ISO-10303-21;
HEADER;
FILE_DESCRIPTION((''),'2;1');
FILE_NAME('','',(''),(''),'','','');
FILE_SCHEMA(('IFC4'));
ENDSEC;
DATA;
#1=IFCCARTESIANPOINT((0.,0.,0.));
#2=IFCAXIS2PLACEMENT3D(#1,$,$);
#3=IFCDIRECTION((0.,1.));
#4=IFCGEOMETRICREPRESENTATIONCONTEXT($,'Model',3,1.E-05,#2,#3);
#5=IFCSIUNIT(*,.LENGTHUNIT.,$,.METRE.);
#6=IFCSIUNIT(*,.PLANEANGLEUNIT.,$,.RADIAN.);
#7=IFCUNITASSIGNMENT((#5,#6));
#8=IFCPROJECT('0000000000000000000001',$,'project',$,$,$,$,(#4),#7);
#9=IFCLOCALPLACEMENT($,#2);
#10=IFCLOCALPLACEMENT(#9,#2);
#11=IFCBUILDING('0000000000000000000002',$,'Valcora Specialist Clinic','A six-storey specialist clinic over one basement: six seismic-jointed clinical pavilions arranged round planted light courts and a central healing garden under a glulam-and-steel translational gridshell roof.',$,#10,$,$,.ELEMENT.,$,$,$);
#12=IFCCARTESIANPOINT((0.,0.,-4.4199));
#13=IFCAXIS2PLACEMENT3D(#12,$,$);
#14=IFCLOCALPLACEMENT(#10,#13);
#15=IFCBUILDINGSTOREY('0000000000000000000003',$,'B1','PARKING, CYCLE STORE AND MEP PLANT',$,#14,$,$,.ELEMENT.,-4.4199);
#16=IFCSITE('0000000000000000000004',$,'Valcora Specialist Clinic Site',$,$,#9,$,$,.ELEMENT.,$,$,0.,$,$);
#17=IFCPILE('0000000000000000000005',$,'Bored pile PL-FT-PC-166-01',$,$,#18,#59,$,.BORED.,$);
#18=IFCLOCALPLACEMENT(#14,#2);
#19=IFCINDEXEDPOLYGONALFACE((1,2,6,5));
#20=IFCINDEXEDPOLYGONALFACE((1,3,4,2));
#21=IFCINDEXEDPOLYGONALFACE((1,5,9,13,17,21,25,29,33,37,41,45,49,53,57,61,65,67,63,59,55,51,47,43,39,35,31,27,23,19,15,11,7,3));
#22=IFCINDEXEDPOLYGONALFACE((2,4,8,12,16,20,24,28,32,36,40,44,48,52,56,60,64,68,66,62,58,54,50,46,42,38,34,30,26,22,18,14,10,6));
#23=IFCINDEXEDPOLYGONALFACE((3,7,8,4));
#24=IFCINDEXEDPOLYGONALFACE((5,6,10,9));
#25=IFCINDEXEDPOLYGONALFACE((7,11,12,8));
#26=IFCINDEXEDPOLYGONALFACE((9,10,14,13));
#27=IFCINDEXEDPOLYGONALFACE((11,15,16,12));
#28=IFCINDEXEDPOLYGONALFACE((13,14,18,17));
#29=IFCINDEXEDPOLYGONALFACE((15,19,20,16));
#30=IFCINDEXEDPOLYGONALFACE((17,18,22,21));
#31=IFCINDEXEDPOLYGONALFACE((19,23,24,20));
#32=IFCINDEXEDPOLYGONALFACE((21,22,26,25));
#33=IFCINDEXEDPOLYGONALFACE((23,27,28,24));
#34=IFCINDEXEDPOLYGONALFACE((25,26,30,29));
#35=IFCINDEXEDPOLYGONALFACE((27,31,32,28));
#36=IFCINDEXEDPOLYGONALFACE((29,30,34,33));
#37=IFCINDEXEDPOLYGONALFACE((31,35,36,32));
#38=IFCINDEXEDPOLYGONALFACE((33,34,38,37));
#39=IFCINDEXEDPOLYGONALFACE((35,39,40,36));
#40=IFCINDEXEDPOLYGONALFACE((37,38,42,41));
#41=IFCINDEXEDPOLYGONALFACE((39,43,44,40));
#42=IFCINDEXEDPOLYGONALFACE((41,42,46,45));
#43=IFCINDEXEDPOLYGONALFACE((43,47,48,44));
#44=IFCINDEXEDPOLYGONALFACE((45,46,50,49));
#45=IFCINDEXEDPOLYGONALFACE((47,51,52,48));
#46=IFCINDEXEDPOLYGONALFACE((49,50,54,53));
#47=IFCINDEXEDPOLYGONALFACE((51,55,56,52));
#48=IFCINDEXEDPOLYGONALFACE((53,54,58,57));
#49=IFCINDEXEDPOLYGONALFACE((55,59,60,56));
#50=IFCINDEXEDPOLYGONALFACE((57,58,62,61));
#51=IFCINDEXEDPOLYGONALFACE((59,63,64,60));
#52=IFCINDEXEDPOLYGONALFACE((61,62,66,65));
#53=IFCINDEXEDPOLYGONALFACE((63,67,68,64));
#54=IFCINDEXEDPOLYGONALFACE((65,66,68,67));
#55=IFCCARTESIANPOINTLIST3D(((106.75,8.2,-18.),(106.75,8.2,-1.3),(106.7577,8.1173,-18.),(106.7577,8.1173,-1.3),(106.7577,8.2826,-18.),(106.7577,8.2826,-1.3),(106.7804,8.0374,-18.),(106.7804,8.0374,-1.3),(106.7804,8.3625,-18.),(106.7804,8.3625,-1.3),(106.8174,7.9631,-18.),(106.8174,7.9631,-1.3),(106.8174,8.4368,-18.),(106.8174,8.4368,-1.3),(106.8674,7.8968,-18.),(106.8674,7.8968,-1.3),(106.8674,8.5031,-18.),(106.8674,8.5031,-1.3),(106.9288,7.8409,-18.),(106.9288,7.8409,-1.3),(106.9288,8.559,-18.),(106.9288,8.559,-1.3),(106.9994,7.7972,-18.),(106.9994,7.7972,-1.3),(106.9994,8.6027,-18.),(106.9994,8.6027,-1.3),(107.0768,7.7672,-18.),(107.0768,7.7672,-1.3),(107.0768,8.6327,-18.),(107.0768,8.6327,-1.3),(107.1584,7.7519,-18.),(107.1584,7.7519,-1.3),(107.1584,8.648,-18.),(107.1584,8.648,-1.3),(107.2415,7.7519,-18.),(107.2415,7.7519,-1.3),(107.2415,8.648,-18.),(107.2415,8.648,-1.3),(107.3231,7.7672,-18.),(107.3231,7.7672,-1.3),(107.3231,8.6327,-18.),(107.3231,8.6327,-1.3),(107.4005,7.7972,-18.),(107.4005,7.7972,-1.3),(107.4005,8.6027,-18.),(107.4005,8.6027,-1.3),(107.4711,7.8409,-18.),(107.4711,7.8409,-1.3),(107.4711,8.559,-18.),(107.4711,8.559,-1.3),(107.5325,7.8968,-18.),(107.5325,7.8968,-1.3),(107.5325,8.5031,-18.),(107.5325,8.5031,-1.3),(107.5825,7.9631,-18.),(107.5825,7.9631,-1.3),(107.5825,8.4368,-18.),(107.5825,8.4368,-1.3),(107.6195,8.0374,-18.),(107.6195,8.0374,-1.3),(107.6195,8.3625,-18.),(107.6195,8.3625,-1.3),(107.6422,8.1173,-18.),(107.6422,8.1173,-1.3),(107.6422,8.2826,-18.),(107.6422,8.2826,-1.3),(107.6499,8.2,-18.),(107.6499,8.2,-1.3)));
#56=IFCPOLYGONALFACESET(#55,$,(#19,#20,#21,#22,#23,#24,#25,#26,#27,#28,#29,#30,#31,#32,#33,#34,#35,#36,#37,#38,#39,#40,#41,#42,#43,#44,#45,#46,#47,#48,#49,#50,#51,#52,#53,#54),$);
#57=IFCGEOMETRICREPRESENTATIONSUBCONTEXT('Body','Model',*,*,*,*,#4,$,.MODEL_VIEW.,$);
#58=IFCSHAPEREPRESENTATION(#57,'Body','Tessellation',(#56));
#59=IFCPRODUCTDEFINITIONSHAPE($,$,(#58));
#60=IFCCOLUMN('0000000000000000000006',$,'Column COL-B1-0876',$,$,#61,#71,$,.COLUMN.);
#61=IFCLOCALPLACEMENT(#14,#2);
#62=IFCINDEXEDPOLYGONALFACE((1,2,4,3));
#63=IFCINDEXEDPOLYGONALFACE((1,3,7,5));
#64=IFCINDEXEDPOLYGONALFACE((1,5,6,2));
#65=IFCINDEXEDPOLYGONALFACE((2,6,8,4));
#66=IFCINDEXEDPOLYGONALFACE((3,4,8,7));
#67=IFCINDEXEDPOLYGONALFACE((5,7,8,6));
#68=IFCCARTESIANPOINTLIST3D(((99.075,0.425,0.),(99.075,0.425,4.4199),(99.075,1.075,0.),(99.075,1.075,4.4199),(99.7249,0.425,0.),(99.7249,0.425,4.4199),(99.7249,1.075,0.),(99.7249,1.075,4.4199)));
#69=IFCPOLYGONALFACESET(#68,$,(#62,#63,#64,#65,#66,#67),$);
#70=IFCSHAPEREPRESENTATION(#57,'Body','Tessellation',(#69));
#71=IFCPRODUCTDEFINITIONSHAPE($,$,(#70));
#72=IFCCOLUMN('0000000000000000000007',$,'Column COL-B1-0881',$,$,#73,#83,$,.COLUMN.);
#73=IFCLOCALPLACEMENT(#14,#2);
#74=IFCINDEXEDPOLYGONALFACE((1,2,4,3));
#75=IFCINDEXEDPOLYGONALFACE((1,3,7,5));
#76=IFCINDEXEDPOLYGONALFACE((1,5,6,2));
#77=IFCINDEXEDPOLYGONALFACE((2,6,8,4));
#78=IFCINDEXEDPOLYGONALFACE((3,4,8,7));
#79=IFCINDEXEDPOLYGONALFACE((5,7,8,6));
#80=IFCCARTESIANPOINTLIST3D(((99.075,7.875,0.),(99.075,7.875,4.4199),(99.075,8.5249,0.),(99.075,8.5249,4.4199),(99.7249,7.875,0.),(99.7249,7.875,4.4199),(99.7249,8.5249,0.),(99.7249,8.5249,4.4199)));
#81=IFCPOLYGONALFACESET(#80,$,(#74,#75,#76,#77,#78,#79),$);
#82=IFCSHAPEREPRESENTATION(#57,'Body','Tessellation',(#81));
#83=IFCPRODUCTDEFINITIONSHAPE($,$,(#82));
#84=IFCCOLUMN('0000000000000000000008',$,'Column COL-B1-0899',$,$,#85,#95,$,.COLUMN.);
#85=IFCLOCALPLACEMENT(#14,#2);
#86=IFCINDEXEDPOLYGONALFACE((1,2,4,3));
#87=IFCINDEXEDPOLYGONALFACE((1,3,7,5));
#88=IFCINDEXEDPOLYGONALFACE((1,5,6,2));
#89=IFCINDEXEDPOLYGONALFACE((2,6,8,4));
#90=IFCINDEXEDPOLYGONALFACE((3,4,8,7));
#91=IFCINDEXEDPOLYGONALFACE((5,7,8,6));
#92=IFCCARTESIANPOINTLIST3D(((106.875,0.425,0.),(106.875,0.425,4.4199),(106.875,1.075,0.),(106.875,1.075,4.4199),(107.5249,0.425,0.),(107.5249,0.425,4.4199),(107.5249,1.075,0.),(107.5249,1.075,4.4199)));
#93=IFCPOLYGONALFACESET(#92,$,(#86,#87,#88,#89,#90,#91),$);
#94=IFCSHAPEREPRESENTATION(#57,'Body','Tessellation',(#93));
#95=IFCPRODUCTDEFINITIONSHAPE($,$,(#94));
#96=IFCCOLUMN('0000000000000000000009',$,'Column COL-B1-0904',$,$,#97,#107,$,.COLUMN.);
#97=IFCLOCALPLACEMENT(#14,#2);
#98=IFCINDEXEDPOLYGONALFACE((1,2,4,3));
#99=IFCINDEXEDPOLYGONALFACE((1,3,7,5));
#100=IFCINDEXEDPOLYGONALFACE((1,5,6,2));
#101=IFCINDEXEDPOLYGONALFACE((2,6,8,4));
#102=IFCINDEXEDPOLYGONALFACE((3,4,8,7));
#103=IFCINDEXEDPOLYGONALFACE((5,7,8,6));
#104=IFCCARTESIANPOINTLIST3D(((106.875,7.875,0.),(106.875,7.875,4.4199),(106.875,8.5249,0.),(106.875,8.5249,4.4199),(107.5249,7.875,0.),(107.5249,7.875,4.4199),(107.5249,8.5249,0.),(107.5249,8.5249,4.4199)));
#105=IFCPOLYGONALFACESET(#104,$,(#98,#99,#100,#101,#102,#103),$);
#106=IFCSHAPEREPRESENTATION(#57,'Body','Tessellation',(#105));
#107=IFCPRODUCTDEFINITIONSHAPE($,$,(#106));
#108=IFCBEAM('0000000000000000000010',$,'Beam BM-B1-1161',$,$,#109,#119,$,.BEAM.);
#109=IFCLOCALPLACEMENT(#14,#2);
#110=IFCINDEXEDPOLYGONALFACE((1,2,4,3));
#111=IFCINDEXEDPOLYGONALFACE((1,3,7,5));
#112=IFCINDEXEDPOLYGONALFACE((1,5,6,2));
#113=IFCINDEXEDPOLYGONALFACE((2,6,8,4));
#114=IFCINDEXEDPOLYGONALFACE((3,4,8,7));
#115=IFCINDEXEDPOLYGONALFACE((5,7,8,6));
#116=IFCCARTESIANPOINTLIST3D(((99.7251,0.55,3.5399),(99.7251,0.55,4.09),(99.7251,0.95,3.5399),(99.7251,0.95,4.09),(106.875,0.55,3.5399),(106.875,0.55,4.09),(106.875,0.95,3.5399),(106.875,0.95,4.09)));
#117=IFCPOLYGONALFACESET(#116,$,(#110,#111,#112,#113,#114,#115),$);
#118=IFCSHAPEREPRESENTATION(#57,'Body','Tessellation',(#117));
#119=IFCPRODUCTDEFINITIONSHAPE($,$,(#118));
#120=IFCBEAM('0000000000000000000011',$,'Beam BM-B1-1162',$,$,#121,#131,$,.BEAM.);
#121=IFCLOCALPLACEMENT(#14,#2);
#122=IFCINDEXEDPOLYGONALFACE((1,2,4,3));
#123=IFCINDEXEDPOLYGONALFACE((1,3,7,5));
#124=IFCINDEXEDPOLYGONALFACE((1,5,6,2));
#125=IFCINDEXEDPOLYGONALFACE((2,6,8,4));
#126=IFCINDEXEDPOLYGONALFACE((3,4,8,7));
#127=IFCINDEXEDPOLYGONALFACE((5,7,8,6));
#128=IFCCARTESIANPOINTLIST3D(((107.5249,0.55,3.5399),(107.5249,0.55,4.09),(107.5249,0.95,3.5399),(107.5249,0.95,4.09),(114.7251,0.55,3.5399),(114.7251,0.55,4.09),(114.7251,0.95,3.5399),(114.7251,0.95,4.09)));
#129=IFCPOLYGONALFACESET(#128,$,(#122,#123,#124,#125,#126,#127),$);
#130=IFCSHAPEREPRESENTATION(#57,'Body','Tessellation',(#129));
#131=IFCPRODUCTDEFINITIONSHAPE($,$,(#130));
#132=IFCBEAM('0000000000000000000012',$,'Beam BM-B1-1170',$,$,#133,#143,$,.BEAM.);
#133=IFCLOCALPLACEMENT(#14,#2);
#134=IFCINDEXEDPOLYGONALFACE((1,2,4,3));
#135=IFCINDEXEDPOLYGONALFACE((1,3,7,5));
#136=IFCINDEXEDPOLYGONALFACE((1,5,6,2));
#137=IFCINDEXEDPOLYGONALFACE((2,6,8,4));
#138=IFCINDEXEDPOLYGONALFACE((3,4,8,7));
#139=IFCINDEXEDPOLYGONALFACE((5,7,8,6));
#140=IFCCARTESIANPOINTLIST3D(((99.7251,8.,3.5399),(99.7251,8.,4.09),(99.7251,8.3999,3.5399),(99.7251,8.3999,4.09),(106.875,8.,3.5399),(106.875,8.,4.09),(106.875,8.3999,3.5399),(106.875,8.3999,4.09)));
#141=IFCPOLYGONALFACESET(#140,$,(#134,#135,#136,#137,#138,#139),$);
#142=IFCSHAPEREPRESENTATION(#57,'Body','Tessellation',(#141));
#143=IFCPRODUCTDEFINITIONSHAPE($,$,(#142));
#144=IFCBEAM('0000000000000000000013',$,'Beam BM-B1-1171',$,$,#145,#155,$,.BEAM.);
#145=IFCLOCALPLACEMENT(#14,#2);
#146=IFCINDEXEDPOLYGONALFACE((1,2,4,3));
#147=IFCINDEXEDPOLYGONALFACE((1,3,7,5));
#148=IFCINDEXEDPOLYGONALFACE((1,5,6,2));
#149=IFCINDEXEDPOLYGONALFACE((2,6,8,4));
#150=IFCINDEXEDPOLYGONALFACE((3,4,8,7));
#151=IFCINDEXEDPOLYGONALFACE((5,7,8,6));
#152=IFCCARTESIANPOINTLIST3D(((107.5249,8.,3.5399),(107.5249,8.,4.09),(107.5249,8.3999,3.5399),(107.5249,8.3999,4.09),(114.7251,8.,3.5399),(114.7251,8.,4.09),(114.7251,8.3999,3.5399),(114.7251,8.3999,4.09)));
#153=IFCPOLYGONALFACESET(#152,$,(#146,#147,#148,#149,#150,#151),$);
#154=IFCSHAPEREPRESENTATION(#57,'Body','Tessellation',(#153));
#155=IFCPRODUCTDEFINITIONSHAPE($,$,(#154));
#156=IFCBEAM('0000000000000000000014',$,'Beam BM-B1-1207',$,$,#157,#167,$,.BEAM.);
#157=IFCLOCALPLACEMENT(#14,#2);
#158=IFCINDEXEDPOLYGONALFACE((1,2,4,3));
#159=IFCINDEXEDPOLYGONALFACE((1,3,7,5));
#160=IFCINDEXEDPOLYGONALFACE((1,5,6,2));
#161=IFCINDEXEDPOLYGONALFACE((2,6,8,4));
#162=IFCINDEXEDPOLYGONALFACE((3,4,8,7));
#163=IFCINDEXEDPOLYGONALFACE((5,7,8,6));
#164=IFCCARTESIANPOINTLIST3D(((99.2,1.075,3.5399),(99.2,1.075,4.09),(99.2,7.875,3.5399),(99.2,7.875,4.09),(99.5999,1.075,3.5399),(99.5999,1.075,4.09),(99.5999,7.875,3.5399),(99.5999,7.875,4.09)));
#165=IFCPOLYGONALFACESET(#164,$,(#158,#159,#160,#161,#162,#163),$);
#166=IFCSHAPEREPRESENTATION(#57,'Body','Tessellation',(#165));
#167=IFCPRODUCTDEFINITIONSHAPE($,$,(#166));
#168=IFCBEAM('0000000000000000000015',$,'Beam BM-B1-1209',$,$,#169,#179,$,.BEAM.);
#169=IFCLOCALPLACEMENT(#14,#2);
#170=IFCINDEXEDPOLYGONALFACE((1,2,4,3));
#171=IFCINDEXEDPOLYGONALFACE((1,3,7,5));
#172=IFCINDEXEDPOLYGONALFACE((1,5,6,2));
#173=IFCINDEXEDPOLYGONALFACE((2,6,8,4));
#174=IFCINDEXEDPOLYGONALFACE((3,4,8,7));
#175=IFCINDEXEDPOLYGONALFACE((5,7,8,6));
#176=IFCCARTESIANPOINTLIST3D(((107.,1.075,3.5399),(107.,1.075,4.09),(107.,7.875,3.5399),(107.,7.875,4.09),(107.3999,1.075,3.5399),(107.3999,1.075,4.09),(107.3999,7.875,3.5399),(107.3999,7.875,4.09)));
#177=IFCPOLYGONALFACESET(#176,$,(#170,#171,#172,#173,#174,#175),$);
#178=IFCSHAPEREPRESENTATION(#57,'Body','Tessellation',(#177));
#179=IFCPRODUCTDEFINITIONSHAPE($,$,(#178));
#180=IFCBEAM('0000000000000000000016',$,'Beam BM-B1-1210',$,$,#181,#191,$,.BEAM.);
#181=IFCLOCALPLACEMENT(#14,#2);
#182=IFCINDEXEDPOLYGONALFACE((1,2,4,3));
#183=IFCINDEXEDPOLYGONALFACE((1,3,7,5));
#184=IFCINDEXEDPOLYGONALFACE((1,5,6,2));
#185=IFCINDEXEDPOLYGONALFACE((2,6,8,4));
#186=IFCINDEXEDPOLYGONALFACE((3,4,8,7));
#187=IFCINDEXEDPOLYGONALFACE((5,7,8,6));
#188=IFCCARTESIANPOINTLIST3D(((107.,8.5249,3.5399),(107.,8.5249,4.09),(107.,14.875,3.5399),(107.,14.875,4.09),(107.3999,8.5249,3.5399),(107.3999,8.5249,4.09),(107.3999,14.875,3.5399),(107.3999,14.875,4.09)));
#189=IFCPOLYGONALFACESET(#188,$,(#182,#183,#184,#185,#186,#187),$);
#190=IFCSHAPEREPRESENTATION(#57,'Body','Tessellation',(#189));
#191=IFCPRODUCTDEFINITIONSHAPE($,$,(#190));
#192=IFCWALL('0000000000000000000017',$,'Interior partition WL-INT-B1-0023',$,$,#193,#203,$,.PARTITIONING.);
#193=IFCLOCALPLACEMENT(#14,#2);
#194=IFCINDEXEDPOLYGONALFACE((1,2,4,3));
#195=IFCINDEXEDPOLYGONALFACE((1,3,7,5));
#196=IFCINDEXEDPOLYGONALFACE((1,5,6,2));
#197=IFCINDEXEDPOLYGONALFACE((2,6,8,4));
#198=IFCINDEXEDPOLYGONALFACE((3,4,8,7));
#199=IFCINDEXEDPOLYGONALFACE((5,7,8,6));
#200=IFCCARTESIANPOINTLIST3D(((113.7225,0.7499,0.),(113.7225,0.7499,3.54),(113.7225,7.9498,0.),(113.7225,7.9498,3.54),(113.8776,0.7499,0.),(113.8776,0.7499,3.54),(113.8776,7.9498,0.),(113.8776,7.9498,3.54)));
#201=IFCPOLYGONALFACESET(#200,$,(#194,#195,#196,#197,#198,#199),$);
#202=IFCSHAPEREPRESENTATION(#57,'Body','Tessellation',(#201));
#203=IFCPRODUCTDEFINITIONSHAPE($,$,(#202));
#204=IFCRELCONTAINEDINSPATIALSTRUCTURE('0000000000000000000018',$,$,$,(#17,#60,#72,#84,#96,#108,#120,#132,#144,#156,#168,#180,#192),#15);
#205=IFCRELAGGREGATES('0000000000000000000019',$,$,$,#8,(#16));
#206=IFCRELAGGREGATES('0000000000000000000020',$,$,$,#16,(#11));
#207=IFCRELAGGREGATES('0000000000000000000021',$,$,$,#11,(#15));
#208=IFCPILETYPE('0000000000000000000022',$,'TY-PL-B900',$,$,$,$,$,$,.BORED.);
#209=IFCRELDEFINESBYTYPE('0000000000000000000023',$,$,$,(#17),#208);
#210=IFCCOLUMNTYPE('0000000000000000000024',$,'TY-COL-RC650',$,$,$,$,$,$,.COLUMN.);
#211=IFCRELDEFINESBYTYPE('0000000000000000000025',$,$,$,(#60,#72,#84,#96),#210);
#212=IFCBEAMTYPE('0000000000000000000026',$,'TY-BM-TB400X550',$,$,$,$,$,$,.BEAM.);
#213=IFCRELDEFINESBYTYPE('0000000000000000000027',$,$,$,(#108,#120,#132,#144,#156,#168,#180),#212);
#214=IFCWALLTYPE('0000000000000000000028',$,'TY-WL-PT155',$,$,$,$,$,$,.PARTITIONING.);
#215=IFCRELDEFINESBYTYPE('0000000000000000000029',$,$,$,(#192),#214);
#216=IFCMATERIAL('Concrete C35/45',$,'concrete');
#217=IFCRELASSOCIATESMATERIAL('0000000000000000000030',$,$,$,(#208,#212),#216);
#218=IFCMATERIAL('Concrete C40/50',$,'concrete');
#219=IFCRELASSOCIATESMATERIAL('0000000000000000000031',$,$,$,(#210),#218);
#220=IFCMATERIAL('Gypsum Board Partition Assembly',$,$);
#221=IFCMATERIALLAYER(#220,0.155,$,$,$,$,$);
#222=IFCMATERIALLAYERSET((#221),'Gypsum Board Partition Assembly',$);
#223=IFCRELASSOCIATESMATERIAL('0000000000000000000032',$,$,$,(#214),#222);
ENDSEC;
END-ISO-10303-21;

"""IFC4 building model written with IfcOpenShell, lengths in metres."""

from ifc_helpers import new_model, si_unit, direction, frame, frame_2d, origin, origin_2d, place, context, subcontext, project, spatial, rectangle, circle, extrude, material, layer, layer_set, material_profile, profile_set, type_object, element, save


model = new_model("IFC4")

# Units and contexts
model_context = context("Model", 3, precision=1e-05, world=origin(), true_north=direction((0.0, 1.0)))
body_context = subcontext(model_context, "Body", "Model", "MODEL_VIEW")
ifc_project = project(units=[si_unit("LENGTHUNIT", "METRE"), si_unit("PLANEANGLEUNIT", "RADIAN")], contexts=[model_context])

# Site, building, storey
site_placement = place(None, origin())
site = spatial("IfcSite", under=ifc_project, at=site_placement, Name="Valcora Specialist Clinic Site", CompositionType="ELEMENT", RefElevation=0.0)
building_placement = place(site_placement, origin())
building = spatial("IfcBuilding", under=site, at=building_placement, Name="Valcora Specialist Clinic", Description="A six-storey specialist clinic over one basement: six seismic-jointed clinical pavilions arranged round planted light courts and a central healing garden under a glulam-and-steel translational gridshell roof.", CompositionType="ELEMENT")
storey_placement = place(building_placement, frame((0.0, 0.0, -4.4199)))
storey = spatial("IfcBuildingStorey", under=building, at=storey_placement, Name="B1", Description="PARKING, CYCLE STORE AND MEP PLANT", CompositionType="ELEMENT", Elevation=-4.4199)

# Shared definitions
ifc_material_1 = material(Name="Concrete C35/45", Category="concrete")

# Pile
ifc_material_profile_1 = material_profile(ifc_material_1, circle(Radius=0.45, at=origin_2d()), Name="RC-PIL-D900")
ifc_profile_set_1 = profile_set([ifc_material_profile_1], Name="Concrete C35/45")
pile_type = type_object("IfcPileType", Name="TY-PL-B900", PredefinedType="BORED", material=ifc_profile_set_1)
for number, where, z_axis, x_axis, name in (
    (1, (107.2, 8.2, -1.3), (0.0, 0.0, -1.0), (1.0, 0.0, 0.0), "Bored pile PL-FT-PC-166-01"),
):
    element("IfcPile", number, at=place(storey_placement, frame(where, z_axis=z_axis, x_axis=x_axis)), inside=storey, type_object=pile_type, Name=name, PredefinedType="BORED", context=body_context, shape_type="SweptSolid", body=[
        extrude(circle(Radius=0.45, at=origin_2d()), origin(), (0.0, 0.0, 1.0), 16.7),
    ])

# Columns
ifc_material_2 = material(Name="Concrete C40/50", Category="concrete")
ifc_material_profile_2 = material_profile(ifc_material_2, rectangle(XDim=0.6499, YDim=0.6499, at=origin_2d()), Name="RC-COL-650X650")
ifc_profile_set_2 = profile_set([ifc_material_profile_2], Name="Concrete C40/50")
column_type = type_object("IfcColumnType", Name="TY-COL-RC650", PredefinedType="COLUMN", material=ifc_profile_set_2)
for number, where, z_axis, x_axis, name in (
    (2, (99.3999, 0.75, 0.0), (0.0, 0.0, 1.0), (1.0, 0.0, 0.0), "Column COL-B1-0876"),
    (3, (99.3999, 8.2, 0.0), (0.0, 0.0, 1.0), (1.0, 0.0, 0.0), "Column COL-B1-0881"),
    (4, (107.2, 0.75, 0.0), (0.0, 0.0, 1.0), (1.0, 0.0, 0.0), "Column COL-B1-0899"),
    (5, (107.2, 8.2, 0.0), (0.0, 0.0, 1.0), (1.0, 0.0, 0.0), "Column COL-B1-0904"),
):
    element("IfcColumn", number, at=place(storey_placement, frame(where, z_axis=z_axis, x_axis=x_axis)), inside=storey, type_object=column_type, Name=name, PredefinedType="COLUMN", context=body_context, shape_type="SweptSolid", body=[
        extrude(rectangle(XDim=0.6499, YDim=0.6499, at=origin_2d()), origin(), (0.0, 0.0, 1.0), 4.4199),
    ])

# Beams
ifc_material_profile_3 = material_profile(ifc_material_1, rectangle(XDim=0.3999, YDim=0.55, at=origin_2d()), Name="RC-TB-400X550")
ifc_profile_set_3 = profile_set([ifc_material_profile_3], Name="Concrete C35/45")
beam_type = type_object("IfcBeamType", Name="TY-BM-TB400X550", PredefinedType="BEAM", material=ifc_profile_set_3)
beam_1_placement = place(storey_placement, frame((99.7251, 0.75, 3.8149), z_axis=(1.0, 0.0, 0.0), x_axis=(0.0, 1.0, 0.0)))
element("IfcBeam", 6, at=beam_1_placement, inside=storey, type_object=beam_type, Name="Beam BM-B1-1161", PredefinedType="BEAM", context=body_context, shape_type="SweptSolid", body=[
    extrude(rectangle(XDim=0.3999, YDim=0.55, at=origin_2d()), origin(), (0.0, 0.0, 1.0), 7.1499),
])
beam_2_placement = place(storey_placement, frame((107.5249, 0.75, 3.8149), z_axis=(1.0, 0.0, 0.0), x_axis=(0.0, 1.0, 0.0)))
element("IfcBeam", 7, at=beam_2_placement, inside=storey, type_object=beam_type, Name="Beam BM-B1-1162", PredefinedType="BEAM", context=body_context, shape_type="SweptSolid", body=[
    extrude(rectangle(XDim=0.3999, YDim=0.55, at=origin_2d()), origin(), (0.0, 0.0, 1.0), 7.2002),
])
beam_3_placement = place(storey_placement, frame((99.7251, 8.2, 3.8149), z_axis=(1.0, 0.0, 0.0), x_axis=(0.0, 1.0, 0.0)))
element("IfcBeam", 8, at=beam_3_placement, inside=storey, type_object=beam_type, Name="Beam BM-B1-1170", PredefinedType="BEAM", context=body_context, shape_type="SweptSolid", body=[
    extrude(rectangle(XDim=0.3999, YDim=0.55, at=origin_2d()), origin(), (0.0, 0.0, 1.0), 7.1499),
])
beam_4_placement = place(storey_placement, frame((107.5249, 8.2, 3.8149), z_axis=(1.0, 0.0, 0.0), x_axis=(0.0, 1.0, 0.0)))
element("IfcBeam", 9, at=beam_4_placement, inside=storey, type_object=beam_type, Name="Beam BM-B1-1171", PredefinedType="BEAM", context=body_context, shape_type="SweptSolid", body=[
    extrude(rectangle(XDim=0.3999, YDim=0.55, at=origin_2d()), origin(), (0.0, 0.0, 1.0), 7.2002),
])
for number, where, z_axis, x_axis, name in (
    (10, (99.3999, 1.075, 3.8149), (0.0, 1.0, 0.0), (-1.0, 0.0, 0.0), "Beam BM-B1-1207"),
    (11, (107.2, 1.075, 3.8149), (0.0, 1.0, 0.0), (-1.0, 0.0, 0.0), "Beam BM-B1-1209"),
):
    element("IfcBeam", number, at=place(storey_placement, frame(where, z_axis=z_axis, x_axis=x_axis)), inside=storey, type_object=beam_type, Name=name, PredefinedType="BEAM", context=body_context, shape_type="SweptSolid", body=[
        extrude(rectangle(XDim=0.3999, YDim=0.55, at=origin_2d()), origin(), (0.0, 0.0, 1.0), 6.8),
    ])
beam_5_placement = place(storey_placement, frame((107.2, 8.5249, 3.8149), z_axis=(0.0, 1.0, 0.0), x_axis=(-1.0, 0.0, 0.0)))
element("IfcBeam", 12, at=beam_5_placement, inside=storey, type_object=beam_type, Name="Beam BM-B1-1210", PredefinedType="BEAM", context=body_context, shape_type="SweptSolid", body=[
    extrude(rectangle(XDim=0.3999, YDim=0.55, at=origin_2d()), origin(), (0.0, 0.0, 1.0), 6.3501),
])

# Wall
ifc_material_3 = material(Name="Gypsum Board Partition Assembly")
ifc_layer_1 = layer(ifc_material_3, 0.155)
ifc_layer_set_1 = layer_set([ifc_layer_1], Name="Gypsum Board Partition Assembly")
wall_type_1 = type_object("IfcWallType", Name="TY-WL-PT155", PredefinedType="PARTITIONING", material=ifc_layer_set_1)
wall_1_placement = place(storey_placement, frame((113.8, 7.95, 0.0), z_axis=(0.0, 0.0, 1.0), x_axis=(0.0, -1.0, 0.0)))
element("IfcWall", 13, at=wall_1_placement, inside=storey, type_object=wall_type_1, Name="Interior partition WL-INT-B1-0023", PredefinedType="PARTITIONING", context=body_context, shape_type="SweptSolid", body=[
    extrude(rectangle(XDim=7.2, YDim=0.155, at=frame_2d((3.6001, 0.0))), origin(), (0.0, 0.0, 1.0), 3.54),
])

save(model, "model.ifc")
